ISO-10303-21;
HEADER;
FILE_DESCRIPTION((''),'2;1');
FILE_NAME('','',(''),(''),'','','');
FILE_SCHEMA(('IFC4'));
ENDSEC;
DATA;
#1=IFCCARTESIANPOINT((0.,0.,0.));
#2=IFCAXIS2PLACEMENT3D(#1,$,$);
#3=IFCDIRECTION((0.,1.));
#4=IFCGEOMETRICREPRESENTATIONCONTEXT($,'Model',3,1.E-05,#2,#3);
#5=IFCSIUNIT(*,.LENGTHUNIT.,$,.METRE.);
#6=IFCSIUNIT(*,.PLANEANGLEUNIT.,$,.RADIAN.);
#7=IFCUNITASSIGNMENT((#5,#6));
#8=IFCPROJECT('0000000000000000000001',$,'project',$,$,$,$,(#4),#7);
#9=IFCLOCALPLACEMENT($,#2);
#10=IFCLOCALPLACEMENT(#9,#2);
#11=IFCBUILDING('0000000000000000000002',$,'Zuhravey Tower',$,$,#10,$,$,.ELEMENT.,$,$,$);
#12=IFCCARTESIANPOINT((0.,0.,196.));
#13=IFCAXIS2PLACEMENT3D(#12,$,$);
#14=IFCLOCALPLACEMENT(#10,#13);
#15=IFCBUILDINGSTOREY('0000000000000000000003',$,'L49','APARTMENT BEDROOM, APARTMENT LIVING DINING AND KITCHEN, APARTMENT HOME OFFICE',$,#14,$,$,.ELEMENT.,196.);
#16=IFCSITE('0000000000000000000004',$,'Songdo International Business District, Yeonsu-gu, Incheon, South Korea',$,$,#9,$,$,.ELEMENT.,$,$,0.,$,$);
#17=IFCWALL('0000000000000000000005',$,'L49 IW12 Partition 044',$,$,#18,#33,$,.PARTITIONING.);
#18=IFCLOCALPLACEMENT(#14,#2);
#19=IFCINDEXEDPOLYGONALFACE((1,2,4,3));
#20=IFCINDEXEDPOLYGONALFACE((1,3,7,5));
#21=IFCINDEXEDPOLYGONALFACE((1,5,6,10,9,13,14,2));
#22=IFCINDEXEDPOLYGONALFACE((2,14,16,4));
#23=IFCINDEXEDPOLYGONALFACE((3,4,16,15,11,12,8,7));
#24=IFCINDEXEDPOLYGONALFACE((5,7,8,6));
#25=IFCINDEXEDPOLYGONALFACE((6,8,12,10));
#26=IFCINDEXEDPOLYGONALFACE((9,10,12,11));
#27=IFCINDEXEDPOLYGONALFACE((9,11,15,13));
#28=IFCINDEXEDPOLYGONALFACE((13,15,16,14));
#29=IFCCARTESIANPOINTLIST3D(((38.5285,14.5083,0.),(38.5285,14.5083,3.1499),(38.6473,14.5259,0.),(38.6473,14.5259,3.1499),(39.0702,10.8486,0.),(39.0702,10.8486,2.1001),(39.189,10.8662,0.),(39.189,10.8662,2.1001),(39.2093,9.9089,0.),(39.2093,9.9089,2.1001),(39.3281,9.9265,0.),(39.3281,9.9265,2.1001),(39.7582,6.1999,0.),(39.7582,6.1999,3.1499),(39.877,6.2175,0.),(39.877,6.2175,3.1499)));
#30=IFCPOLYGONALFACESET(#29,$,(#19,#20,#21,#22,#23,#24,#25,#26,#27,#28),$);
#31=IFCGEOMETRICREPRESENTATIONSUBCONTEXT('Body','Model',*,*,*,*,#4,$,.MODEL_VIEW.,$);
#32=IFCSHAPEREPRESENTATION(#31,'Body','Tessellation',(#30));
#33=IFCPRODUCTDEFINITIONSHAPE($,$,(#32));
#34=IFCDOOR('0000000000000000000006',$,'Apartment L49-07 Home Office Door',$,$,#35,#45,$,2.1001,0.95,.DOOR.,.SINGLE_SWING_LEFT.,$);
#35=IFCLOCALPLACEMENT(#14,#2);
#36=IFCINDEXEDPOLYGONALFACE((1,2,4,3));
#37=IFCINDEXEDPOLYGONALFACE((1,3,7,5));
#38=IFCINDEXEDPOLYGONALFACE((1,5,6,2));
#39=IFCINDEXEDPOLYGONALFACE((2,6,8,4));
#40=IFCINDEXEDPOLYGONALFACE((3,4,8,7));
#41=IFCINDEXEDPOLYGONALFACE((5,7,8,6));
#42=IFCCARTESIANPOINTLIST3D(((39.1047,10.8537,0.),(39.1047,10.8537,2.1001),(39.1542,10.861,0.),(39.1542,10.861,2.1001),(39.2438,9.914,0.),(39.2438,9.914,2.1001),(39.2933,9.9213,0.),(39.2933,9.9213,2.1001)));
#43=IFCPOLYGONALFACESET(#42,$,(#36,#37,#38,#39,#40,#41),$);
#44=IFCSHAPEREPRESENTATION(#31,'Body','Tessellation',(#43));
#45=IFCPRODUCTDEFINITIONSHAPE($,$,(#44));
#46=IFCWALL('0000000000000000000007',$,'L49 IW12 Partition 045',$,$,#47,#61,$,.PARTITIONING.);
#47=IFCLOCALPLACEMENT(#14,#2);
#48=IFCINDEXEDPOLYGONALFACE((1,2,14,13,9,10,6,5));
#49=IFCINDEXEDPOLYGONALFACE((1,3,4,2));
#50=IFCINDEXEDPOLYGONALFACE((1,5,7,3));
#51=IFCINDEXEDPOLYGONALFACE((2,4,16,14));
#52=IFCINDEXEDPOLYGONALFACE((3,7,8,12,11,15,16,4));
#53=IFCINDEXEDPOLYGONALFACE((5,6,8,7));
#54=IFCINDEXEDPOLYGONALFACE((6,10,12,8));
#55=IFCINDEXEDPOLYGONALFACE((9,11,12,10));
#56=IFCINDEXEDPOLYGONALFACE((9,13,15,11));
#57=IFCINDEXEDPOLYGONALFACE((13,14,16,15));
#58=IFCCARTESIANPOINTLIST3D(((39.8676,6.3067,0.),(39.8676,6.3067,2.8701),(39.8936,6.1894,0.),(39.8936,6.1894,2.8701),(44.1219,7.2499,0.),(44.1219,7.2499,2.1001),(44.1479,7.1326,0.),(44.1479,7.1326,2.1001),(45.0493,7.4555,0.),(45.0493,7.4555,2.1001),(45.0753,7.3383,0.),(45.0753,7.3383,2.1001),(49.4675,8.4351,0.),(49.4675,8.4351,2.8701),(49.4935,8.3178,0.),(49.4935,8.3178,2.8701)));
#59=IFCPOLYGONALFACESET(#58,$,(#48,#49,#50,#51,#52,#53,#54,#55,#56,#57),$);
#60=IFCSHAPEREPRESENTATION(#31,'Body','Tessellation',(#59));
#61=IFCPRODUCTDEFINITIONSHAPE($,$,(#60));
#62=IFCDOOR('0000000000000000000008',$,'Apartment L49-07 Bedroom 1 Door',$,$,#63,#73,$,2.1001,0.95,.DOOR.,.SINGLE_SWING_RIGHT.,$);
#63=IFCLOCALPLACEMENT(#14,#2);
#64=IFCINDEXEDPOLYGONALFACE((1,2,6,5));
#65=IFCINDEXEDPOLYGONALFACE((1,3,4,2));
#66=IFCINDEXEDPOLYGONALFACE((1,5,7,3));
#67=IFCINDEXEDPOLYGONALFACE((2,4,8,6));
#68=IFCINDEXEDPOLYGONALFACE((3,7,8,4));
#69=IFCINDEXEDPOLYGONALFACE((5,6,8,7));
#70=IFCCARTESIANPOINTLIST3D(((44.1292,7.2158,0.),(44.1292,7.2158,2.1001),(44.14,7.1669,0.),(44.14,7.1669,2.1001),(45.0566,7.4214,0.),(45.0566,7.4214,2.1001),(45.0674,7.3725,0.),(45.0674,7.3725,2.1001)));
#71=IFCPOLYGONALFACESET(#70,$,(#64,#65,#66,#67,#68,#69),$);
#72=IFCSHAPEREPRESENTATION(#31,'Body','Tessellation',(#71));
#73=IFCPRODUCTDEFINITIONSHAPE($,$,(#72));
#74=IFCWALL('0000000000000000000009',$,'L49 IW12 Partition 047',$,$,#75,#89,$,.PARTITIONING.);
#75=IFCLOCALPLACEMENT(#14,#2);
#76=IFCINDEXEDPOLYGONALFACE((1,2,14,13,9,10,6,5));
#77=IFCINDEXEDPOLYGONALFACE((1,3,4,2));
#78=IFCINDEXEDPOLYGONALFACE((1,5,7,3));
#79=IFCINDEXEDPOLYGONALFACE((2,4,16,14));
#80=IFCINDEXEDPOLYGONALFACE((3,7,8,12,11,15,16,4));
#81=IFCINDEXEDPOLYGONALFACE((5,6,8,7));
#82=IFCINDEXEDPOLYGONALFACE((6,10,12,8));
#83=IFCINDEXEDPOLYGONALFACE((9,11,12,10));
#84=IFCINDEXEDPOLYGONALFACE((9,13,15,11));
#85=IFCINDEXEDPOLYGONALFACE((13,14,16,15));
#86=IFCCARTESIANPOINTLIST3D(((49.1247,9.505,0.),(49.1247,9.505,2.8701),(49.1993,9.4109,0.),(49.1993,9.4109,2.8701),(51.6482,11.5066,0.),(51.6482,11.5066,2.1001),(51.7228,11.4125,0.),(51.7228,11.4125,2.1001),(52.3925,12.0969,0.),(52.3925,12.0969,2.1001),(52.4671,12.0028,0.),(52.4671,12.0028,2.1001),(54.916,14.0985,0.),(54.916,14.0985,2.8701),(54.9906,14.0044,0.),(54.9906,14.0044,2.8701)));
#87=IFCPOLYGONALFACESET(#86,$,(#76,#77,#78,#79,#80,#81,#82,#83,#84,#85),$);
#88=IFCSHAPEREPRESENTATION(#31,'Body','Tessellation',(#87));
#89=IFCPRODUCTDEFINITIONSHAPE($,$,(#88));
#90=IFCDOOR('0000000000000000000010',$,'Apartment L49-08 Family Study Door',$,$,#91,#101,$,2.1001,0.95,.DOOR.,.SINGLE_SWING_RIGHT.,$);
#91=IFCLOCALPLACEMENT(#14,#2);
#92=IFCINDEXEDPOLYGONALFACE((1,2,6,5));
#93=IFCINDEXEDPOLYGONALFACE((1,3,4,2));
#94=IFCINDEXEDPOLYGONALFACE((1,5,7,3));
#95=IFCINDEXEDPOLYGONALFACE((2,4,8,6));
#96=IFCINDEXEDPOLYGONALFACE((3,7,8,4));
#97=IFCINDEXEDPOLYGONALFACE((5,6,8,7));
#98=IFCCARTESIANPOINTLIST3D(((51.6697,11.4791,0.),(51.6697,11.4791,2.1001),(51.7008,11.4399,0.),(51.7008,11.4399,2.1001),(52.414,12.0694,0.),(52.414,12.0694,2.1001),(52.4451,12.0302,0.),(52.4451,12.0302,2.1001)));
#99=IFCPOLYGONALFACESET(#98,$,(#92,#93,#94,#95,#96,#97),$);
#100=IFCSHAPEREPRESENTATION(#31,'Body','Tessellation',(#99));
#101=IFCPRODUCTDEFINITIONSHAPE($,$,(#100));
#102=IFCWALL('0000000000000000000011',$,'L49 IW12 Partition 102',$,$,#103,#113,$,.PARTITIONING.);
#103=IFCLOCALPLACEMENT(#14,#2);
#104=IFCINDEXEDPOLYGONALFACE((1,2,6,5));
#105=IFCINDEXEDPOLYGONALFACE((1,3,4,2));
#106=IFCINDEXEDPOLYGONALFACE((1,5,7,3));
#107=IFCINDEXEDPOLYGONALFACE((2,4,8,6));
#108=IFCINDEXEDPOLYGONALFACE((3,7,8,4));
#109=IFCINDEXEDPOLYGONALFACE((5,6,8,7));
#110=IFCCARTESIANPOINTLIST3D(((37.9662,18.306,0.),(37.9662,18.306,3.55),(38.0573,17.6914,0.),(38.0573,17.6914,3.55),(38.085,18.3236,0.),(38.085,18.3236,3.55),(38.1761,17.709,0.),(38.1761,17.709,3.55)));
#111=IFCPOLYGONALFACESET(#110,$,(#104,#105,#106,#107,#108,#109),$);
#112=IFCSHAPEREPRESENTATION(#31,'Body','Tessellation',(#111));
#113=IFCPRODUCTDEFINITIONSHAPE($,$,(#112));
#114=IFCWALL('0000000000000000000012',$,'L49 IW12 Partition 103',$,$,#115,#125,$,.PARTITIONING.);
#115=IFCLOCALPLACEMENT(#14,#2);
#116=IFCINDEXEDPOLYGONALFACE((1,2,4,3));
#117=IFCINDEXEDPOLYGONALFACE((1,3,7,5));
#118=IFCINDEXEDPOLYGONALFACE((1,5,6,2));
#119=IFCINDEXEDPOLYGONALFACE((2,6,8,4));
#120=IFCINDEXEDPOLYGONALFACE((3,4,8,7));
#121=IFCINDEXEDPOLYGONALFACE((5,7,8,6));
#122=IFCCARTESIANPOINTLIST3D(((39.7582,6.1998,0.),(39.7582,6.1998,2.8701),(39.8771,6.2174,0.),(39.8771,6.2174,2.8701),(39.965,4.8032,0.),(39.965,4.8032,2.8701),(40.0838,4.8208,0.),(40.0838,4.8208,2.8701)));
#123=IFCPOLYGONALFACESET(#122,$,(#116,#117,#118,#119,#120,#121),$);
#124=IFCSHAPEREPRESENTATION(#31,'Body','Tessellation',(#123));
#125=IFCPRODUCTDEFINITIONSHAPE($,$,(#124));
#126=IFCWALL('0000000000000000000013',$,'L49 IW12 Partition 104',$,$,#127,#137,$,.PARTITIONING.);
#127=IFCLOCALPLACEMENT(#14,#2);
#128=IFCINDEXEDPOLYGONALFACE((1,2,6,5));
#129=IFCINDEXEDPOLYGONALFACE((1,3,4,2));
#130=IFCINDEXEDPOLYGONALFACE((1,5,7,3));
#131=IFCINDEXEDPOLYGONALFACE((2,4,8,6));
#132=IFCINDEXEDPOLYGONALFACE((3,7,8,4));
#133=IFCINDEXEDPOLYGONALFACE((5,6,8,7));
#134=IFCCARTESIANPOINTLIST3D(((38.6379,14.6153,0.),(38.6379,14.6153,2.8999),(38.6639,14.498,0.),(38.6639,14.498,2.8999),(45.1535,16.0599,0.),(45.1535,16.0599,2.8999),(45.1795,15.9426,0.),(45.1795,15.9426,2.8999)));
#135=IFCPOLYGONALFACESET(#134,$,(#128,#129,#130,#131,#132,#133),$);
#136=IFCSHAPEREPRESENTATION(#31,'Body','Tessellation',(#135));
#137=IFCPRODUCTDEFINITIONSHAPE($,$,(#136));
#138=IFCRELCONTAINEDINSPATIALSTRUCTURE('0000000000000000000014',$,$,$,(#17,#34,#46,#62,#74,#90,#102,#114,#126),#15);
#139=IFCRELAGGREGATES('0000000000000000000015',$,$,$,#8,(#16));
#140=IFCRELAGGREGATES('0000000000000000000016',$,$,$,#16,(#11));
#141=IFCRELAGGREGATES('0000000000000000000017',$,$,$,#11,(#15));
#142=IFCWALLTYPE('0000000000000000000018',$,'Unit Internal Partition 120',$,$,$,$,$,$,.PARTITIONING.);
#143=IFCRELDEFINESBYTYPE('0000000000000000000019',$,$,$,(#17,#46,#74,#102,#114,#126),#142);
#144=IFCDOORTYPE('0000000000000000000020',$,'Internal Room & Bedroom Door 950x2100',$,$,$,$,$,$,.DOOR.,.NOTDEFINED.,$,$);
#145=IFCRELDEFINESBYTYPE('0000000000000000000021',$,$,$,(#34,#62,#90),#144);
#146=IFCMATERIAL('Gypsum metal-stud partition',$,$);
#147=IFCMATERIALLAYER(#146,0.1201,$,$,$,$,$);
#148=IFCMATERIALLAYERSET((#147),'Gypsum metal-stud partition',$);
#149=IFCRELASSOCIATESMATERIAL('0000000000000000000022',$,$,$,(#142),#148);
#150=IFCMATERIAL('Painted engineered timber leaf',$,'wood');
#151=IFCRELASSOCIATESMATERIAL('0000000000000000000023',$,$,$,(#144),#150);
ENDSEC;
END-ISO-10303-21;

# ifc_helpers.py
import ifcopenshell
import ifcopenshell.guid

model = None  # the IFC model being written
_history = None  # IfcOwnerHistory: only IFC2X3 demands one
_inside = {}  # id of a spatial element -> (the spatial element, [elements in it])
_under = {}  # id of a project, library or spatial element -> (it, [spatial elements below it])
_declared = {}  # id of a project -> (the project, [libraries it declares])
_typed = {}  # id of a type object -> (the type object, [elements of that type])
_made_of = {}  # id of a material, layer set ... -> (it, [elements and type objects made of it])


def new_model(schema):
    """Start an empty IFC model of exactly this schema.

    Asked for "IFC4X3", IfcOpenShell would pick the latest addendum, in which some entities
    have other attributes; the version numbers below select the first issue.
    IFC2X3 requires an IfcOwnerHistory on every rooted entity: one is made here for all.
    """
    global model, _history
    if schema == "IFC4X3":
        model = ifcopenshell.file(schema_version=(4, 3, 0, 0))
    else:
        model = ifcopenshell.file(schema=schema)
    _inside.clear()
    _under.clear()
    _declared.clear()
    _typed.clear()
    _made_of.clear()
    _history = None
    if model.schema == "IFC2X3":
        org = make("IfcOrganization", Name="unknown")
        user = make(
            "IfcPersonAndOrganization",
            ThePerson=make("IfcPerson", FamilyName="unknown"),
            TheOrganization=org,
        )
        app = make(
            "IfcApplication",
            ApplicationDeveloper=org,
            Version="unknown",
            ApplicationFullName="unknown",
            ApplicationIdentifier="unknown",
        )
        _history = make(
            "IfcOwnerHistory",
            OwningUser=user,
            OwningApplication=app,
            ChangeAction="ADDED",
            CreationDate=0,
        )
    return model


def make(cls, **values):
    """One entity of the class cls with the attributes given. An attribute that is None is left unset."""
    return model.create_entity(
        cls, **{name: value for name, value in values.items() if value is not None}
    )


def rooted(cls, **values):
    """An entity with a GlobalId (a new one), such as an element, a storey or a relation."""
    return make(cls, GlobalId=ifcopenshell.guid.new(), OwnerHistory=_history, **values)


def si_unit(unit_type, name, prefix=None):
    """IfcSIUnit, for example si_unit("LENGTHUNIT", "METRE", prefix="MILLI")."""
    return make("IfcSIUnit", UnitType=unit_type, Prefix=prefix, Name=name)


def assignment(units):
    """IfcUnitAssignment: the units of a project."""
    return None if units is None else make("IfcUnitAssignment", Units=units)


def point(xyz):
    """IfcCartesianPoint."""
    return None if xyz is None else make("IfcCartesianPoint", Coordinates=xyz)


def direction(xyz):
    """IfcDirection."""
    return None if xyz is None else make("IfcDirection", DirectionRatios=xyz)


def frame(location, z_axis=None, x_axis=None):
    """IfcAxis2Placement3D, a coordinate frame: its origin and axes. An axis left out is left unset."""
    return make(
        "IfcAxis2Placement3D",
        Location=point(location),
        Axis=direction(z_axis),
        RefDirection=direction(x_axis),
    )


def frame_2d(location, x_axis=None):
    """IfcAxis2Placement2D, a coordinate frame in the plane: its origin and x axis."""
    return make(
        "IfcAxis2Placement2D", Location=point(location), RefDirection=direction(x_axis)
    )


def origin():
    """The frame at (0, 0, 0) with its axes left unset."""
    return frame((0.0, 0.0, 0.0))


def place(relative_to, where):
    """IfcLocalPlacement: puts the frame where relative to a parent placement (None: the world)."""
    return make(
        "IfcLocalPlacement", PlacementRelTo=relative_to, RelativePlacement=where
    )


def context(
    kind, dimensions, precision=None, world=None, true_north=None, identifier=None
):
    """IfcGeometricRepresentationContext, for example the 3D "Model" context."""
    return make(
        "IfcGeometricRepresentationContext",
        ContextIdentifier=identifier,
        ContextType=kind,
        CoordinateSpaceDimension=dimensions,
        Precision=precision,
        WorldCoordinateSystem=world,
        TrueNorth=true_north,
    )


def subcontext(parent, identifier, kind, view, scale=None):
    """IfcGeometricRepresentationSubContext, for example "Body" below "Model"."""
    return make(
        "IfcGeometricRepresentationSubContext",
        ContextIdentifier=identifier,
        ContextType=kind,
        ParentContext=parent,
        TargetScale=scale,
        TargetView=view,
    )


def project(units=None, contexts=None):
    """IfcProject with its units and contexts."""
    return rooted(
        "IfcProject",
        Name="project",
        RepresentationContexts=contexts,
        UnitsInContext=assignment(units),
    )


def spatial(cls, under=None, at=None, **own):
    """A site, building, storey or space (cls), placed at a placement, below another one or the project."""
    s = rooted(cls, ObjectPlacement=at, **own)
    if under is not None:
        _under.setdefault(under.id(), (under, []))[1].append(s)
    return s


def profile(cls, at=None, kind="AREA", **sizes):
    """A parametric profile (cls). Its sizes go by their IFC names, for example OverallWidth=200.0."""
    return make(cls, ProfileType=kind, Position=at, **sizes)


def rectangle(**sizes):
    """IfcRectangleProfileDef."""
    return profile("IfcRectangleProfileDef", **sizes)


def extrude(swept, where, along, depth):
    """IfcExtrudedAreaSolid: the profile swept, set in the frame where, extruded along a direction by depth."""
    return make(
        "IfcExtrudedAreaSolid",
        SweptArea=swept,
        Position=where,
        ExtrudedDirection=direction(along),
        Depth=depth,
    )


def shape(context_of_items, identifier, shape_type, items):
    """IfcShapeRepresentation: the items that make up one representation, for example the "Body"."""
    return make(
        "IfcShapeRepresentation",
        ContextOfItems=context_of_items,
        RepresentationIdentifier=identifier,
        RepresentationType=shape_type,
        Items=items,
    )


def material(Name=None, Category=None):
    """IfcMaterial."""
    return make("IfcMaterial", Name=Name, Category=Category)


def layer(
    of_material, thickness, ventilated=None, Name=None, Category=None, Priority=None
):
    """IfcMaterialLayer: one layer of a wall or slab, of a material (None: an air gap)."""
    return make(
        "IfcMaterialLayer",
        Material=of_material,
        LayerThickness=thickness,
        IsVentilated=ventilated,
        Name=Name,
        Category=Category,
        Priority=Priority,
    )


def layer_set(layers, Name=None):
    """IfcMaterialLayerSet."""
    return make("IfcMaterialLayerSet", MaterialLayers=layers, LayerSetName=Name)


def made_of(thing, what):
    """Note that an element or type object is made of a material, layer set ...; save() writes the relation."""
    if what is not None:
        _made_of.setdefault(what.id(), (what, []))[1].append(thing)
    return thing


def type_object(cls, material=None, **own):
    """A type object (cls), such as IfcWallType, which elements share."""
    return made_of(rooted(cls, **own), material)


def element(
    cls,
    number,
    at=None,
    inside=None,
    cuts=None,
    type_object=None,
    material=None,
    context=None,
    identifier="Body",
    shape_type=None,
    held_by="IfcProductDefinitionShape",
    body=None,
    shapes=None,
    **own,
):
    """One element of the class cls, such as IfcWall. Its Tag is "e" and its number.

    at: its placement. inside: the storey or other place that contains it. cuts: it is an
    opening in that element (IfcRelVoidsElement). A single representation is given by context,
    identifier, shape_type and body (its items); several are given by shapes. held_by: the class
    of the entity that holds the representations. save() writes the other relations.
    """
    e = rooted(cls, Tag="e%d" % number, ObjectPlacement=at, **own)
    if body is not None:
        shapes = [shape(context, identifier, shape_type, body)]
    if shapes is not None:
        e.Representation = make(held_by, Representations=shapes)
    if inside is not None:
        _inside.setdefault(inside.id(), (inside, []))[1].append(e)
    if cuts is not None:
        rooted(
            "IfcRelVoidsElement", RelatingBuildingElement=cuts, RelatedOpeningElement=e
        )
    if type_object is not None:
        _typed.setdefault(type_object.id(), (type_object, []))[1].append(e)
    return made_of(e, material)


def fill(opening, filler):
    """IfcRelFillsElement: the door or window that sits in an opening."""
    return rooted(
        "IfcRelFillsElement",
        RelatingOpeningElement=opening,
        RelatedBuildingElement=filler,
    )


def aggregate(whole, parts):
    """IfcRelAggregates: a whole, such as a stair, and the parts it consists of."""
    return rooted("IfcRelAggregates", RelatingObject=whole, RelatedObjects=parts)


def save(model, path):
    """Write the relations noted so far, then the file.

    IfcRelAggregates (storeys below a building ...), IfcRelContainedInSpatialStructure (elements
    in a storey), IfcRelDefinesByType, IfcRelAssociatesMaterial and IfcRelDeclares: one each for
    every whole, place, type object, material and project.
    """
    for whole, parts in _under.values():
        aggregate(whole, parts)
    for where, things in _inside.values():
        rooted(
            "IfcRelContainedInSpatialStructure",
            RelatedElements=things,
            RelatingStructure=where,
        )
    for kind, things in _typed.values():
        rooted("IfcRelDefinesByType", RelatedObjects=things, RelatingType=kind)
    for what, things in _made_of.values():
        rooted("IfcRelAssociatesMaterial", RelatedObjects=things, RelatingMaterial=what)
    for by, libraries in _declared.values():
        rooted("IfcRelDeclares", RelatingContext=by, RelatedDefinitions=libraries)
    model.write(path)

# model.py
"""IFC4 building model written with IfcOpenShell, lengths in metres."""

from ifc_helpers import new_model, si_unit, direction, frame, frame_2d, origin, place, context, subcontext, project, spatial, rectangle, extrude, material, layer, layer_set, type_object, element, fill, save


model = new_model("IFC4")

# Units and contexts
model_context = context("Model", 3, precision=1e-05, world=origin(), true_north=direction((0.0, 1.0)))
body_context = subcontext(model_context, "Body", "Model", "MODEL_VIEW")
ifc_project = project(units=[si_unit("LENGTHUNIT", "METRE"), si_unit("PLANEANGLEUNIT", "RADIAN")], contexts=[model_context])

# Site, building, storey
site_placement = place(None, origin())
site = spatial("IfcSite", under=ifc_project, at=site_placement, Name="Songdo International Business District, Yeonsu-gu, Incheon, South Korea", CompositionType="ELEMENT", RefElevation=0.0)
building_placement = place(site_placement, origin())
building = spatial("IfcBuilding", under=site, at=building_placement, Name="Zuhravey Tower", CompositionType="ELEMENT")
storey_placement = place(building_placement, frame((0.0, 0.0, 196.0)))
storey = spatial("IfcBuildingStorey", under=building, at=storey_placement, Name="L49", Description="APARTMENT BEDROOM, APARTMENT LIVING DINING AND KITCHEN, APARTMENT HOME OFFICE", CompositionType="ELEMENT", Elevation=196.0)

# Walls, openings, doors
ifc_material_1 = material(Name="Gypsum metal-stud partition")
ifc_layer_1 = layer(ifc_material_1, 0.1201)
ifc_layer_set_1 = layer_set([ifc_layer_1], Name="Gypsum metal-stud partition")
wall_type_1 = type_object("IfcWallType", Name="Unit Internal Partition 120", PredefinedType="PARTITIONING", material=ifc_layer_set_1)
wall_1_placement = place(storey_placement, frame((38.5879, 14.5171, 0.0), z_axis=(0.0, 0.0, 1.0), x_axis=(0.146417, -0.989223, 0.0)))
wall_1 = element("IfcWall", 1, at=wall_1_placement, inside=storey, type_object=wall_type_1, Name="L49 IW12 Partition 044", PredefinedType="PARTITIONING", context=body_context, shape_type="SweptSolid", body=[
    extrude(rectangle(XDim=8.3989, YDim=0.1201, at=frame_2d((4.1995, 0.0))), origin(), (0.0, 0.0, 1.0), 3.1499),
])
opening_1_placement = place(wall_1_placement, frame((3.6995, 0.0, 0.0)))
opening_1 = element("IfcOpeningElement", 2, at=opening_1_placement, cuts=wall_1, PredefinedType="OPENING", context=body_context, shape_type="SweptSolid", body=[
    extrude(rectangle(XDim=0.95, YDim=2.1001, at=frame_2d((0.4751, 1.05))), frame((0.0, 0.072, 0.0), z_axis=(0.0, -1.0, 0.0), x_axis=(1.0, 0.0, 0.0)), (0.0, 0.0, 1.0), 0.144),
])
ifc_material_2 = material(Name="Painted engineered timber leaf", Category="wood")
door_type_1 = type_object("IfcDoorType", Name="Internal Room & Bedroom Door 950x2100", OperationType="NOTDEFINED", PredefinedType="DOOR", material=ifc_material_2)
door_1_placement = place(opening_1_placement, origin())
door_1 = element("IfcDoor", 3, at=door_1_placement, inside=storey, type_object=door_type_1, Name="Apartment L49-07 Home Office Door", OperationType="SINGLE_SWING_LEFT", OverallHeight=2.1001, OverallWidth=0.95, PredefinedType="DOOR", context=body_context, shape_type="SweptSolid", body=[
    extrude(rectangle(XDim=0.95, YDim=2.1001, at=frame_2d((0.4751, 1.05))), frame((0.0, 0.0249, 0.0), z_axis=(0.0, -1.0, 0.0), x_axis=(1.0, 0.0, 0.0)), (0.0, 0.0, 1.0), 0.05),
])
fill(opening_1, door_1)
wall_2_placement = place(storey_placement, frame((39.8806, 6.248, 0.0), z_axis=(0.0, 0.0, 1.0), x_axis=(0.976292, 0.216457, 0.0)))
wall_2 = element("IfcWall", 4, at=wall_2_placement, inside=storey, type_object=wall_type_1, Name="L49 IW12 Partition 045", PredefinedType="PARTITIONING", context=body_context, shape_type="SweptSolid", body=[
    extrude(rectangle(XDim=9.833, YDim=0.1201, at=frame_2d((4.9165, 0.0))), origin(), (0.0, 0.0, 1.0), 2.8701),
])
opening_2_placement = place(wall_2_placement, frame((4.3574, 0.0, 0.0)))
opening_2 = element("IfcOpeningElement", 5, at=opening_2_placement, cuts=wall_2, PredefinedType="OPENING", context=body_context, shape_type="SweptSolid", body=[
    extrude(rectangle(XDim=0.95, YDim=2.1001, at=frame_2d((0.4751, 1.05))), frame((0.0, 0.072, 0.0), z_axis=(0.0, -1.0, 0.0), x_axis=(1.0, 0.0, 0.0)), (0.0, 0.0, 1.0), 0.144),
])
door_2_placement = place(opening_2_placement, frame((0.95, 0.0, 0.0), z_axis=(0.0, 0.0, 1.0), x_axis=(-1.0, 0.0, 0.0)))
door_2 = element("IfcDoor", 6, at=door_2_placement, inside=storey, type_object=door_type_1, Name="Apartment L49-07 Bedroom 1 Door", OperationType="SINGLE_SWING_RIGHT", OverallHeight=2.1001, OverallWidth=0.95, PredefinedType="DOOR", context=body_context, shape_type="SweptSolid", body=[
    extrude(rectangle(XDim=0.95, YDim=2.1001, at=frame_2d((0.4751, 1.05))), frame((0.0, 0.0249, 0.0), z_axis=(0.0, -1.0, 0.0), x_axis=(1.0, 0.0, 0.0)), (0.0, 0.0, 1.0), 0.05),
])
fill(opening_2, door_2)
wall_3_placement = place(storey_placement, frame((49.1621, 9.458, 0.0), z_axis=(0.0, 0.0, 1.0), x_axis=(0.783469, 0.621431, 0.0)))
wall_3 = element("IfcWall", 7, at=wall_3_placement, inside=storey, type_object=wall_type_1, Name="L49 IW12 Partition 047", PredefinedType="PARTITIONING", context=body_context, shape_type="SweptSolid", body=[
    extrude(rectangle(XDim=7.3918, YDim=0.1201, at=frame_2d((3.6958, 0.0))), origin(), (0.0, 0.0, 1.0), 2.8701),
])
opening_3_placement = place(wall_3_placement, frame((3.2207, 0.0, 0.0)))
opening_3 = element("IfcOpeningElement", 8, at=opening_3_placement, cuts=wall_3, PredefinedType="OPENING", context=body_context, shape_type="SweptSolid", body=[
    extrude(rectangle(XDim=0.95, YDim=2.1001, at=frame_2d((0.4751, 1.05))), frame((0.0, 0.072, 0.0), z_axis=(0.0, -1.0, 0.0), x_axis=(1.0, 0.0, 0.0)), (0.0, 0.0, 1.0), 0.144),
])
door_3_placement = place(opening_3_placement, frame((0.95, 0.0, 0.0), z_axis=(0.0, 0.0, 1.0), x_axis=(-1.0, 0.0, 0.0)))
door_3 = element("IfcDoor", 9, at=door_3_placement, inside=storey, type_object=door_type_1, Name="Apartment L49-08 Family Study Door", OperationType="SINGLE_SWING_RIGHT", OverallHeight=2.1001, OverallWidth=0.95, PredefinedType="DOOR", context=body_context, shape_type="SweptSolid", body=[
    extrude(rectangle(XDim=0.95, YDim=2.1001, at=frame_2d((0.4751, 1.05))), frame((0.0, 0.0249, 0.0), z_axis=(0.0, -1.0, 0.0), x_axis=(1.0, 0.0, 0.0)), (0.0, 0.0, 1.0), 0.05),
])
fill(opening_3, door_3)

# Walls
wall_4_placement = place(storey_placement, frame((38.0256, 18.3147, 0.0), z_axis=(0.0, 0.0, 1.0), x_axis=(0.146534, -0.989206, 0.0)))
element("IfcWall", 10, at=wall_4_placement, inside=storey, type_object=wall_type_1, Name="L49 IW12 Partition 102", PredefinedType="PARTITIONING", context=body_context, shape_type="SweptSolid", body=[
    extrude(rectangle(XDim=0.6213, YDim=0.1201, at=frame_2d((0.3105, 0.0))), origin(), (0.0, 0.0, 1.0), 3.55),
])
wall_5_placement = place(storey_placement, frame((39.8176, 6.2087, 0.0), z_axis=(0.0, 0.0, 1.0), x_axis=(0.146455, -0.989217, 0.0)))
element("IfcWall", 11, at=wall_5_placement, inside=storey, type_object=wall_type_1, Name="L49 IW12 Partition 103", PredefinedType="PARTITIONING", context=body_context, shape_type="SweptSolid", body=[
    extrude(rectangle(XDim=1.4119, YDim=0.1201, at=frame_2d((0.7061, 0.0))), origin(), (0.0, 0.0, 1.0), 2.8701),
])
wall_6_placement = place(storey_placement, frame((38.6509, 14.5566, 0.0), z_axis=(0.0, 0.0, 1.0), x_axis=(0.976293, 0.216454, 0.0)))
element("IfcWall", 12, at=wall_6_placement, inside=storey, type_object=wall_type_1, Name="L49 IW12 Partition 104", PredefinedType="PARTITIONING", context=body_context, shape_type="SweptSolid", body=[
    extrude(rectangle(XDim=6.6738, YDim=0.1201, at=frame_2d((3.3369, 0.0))), origin(), (0.0, 0.0, 1.0), 2.8999),
])

save(model, "model.ifc")
